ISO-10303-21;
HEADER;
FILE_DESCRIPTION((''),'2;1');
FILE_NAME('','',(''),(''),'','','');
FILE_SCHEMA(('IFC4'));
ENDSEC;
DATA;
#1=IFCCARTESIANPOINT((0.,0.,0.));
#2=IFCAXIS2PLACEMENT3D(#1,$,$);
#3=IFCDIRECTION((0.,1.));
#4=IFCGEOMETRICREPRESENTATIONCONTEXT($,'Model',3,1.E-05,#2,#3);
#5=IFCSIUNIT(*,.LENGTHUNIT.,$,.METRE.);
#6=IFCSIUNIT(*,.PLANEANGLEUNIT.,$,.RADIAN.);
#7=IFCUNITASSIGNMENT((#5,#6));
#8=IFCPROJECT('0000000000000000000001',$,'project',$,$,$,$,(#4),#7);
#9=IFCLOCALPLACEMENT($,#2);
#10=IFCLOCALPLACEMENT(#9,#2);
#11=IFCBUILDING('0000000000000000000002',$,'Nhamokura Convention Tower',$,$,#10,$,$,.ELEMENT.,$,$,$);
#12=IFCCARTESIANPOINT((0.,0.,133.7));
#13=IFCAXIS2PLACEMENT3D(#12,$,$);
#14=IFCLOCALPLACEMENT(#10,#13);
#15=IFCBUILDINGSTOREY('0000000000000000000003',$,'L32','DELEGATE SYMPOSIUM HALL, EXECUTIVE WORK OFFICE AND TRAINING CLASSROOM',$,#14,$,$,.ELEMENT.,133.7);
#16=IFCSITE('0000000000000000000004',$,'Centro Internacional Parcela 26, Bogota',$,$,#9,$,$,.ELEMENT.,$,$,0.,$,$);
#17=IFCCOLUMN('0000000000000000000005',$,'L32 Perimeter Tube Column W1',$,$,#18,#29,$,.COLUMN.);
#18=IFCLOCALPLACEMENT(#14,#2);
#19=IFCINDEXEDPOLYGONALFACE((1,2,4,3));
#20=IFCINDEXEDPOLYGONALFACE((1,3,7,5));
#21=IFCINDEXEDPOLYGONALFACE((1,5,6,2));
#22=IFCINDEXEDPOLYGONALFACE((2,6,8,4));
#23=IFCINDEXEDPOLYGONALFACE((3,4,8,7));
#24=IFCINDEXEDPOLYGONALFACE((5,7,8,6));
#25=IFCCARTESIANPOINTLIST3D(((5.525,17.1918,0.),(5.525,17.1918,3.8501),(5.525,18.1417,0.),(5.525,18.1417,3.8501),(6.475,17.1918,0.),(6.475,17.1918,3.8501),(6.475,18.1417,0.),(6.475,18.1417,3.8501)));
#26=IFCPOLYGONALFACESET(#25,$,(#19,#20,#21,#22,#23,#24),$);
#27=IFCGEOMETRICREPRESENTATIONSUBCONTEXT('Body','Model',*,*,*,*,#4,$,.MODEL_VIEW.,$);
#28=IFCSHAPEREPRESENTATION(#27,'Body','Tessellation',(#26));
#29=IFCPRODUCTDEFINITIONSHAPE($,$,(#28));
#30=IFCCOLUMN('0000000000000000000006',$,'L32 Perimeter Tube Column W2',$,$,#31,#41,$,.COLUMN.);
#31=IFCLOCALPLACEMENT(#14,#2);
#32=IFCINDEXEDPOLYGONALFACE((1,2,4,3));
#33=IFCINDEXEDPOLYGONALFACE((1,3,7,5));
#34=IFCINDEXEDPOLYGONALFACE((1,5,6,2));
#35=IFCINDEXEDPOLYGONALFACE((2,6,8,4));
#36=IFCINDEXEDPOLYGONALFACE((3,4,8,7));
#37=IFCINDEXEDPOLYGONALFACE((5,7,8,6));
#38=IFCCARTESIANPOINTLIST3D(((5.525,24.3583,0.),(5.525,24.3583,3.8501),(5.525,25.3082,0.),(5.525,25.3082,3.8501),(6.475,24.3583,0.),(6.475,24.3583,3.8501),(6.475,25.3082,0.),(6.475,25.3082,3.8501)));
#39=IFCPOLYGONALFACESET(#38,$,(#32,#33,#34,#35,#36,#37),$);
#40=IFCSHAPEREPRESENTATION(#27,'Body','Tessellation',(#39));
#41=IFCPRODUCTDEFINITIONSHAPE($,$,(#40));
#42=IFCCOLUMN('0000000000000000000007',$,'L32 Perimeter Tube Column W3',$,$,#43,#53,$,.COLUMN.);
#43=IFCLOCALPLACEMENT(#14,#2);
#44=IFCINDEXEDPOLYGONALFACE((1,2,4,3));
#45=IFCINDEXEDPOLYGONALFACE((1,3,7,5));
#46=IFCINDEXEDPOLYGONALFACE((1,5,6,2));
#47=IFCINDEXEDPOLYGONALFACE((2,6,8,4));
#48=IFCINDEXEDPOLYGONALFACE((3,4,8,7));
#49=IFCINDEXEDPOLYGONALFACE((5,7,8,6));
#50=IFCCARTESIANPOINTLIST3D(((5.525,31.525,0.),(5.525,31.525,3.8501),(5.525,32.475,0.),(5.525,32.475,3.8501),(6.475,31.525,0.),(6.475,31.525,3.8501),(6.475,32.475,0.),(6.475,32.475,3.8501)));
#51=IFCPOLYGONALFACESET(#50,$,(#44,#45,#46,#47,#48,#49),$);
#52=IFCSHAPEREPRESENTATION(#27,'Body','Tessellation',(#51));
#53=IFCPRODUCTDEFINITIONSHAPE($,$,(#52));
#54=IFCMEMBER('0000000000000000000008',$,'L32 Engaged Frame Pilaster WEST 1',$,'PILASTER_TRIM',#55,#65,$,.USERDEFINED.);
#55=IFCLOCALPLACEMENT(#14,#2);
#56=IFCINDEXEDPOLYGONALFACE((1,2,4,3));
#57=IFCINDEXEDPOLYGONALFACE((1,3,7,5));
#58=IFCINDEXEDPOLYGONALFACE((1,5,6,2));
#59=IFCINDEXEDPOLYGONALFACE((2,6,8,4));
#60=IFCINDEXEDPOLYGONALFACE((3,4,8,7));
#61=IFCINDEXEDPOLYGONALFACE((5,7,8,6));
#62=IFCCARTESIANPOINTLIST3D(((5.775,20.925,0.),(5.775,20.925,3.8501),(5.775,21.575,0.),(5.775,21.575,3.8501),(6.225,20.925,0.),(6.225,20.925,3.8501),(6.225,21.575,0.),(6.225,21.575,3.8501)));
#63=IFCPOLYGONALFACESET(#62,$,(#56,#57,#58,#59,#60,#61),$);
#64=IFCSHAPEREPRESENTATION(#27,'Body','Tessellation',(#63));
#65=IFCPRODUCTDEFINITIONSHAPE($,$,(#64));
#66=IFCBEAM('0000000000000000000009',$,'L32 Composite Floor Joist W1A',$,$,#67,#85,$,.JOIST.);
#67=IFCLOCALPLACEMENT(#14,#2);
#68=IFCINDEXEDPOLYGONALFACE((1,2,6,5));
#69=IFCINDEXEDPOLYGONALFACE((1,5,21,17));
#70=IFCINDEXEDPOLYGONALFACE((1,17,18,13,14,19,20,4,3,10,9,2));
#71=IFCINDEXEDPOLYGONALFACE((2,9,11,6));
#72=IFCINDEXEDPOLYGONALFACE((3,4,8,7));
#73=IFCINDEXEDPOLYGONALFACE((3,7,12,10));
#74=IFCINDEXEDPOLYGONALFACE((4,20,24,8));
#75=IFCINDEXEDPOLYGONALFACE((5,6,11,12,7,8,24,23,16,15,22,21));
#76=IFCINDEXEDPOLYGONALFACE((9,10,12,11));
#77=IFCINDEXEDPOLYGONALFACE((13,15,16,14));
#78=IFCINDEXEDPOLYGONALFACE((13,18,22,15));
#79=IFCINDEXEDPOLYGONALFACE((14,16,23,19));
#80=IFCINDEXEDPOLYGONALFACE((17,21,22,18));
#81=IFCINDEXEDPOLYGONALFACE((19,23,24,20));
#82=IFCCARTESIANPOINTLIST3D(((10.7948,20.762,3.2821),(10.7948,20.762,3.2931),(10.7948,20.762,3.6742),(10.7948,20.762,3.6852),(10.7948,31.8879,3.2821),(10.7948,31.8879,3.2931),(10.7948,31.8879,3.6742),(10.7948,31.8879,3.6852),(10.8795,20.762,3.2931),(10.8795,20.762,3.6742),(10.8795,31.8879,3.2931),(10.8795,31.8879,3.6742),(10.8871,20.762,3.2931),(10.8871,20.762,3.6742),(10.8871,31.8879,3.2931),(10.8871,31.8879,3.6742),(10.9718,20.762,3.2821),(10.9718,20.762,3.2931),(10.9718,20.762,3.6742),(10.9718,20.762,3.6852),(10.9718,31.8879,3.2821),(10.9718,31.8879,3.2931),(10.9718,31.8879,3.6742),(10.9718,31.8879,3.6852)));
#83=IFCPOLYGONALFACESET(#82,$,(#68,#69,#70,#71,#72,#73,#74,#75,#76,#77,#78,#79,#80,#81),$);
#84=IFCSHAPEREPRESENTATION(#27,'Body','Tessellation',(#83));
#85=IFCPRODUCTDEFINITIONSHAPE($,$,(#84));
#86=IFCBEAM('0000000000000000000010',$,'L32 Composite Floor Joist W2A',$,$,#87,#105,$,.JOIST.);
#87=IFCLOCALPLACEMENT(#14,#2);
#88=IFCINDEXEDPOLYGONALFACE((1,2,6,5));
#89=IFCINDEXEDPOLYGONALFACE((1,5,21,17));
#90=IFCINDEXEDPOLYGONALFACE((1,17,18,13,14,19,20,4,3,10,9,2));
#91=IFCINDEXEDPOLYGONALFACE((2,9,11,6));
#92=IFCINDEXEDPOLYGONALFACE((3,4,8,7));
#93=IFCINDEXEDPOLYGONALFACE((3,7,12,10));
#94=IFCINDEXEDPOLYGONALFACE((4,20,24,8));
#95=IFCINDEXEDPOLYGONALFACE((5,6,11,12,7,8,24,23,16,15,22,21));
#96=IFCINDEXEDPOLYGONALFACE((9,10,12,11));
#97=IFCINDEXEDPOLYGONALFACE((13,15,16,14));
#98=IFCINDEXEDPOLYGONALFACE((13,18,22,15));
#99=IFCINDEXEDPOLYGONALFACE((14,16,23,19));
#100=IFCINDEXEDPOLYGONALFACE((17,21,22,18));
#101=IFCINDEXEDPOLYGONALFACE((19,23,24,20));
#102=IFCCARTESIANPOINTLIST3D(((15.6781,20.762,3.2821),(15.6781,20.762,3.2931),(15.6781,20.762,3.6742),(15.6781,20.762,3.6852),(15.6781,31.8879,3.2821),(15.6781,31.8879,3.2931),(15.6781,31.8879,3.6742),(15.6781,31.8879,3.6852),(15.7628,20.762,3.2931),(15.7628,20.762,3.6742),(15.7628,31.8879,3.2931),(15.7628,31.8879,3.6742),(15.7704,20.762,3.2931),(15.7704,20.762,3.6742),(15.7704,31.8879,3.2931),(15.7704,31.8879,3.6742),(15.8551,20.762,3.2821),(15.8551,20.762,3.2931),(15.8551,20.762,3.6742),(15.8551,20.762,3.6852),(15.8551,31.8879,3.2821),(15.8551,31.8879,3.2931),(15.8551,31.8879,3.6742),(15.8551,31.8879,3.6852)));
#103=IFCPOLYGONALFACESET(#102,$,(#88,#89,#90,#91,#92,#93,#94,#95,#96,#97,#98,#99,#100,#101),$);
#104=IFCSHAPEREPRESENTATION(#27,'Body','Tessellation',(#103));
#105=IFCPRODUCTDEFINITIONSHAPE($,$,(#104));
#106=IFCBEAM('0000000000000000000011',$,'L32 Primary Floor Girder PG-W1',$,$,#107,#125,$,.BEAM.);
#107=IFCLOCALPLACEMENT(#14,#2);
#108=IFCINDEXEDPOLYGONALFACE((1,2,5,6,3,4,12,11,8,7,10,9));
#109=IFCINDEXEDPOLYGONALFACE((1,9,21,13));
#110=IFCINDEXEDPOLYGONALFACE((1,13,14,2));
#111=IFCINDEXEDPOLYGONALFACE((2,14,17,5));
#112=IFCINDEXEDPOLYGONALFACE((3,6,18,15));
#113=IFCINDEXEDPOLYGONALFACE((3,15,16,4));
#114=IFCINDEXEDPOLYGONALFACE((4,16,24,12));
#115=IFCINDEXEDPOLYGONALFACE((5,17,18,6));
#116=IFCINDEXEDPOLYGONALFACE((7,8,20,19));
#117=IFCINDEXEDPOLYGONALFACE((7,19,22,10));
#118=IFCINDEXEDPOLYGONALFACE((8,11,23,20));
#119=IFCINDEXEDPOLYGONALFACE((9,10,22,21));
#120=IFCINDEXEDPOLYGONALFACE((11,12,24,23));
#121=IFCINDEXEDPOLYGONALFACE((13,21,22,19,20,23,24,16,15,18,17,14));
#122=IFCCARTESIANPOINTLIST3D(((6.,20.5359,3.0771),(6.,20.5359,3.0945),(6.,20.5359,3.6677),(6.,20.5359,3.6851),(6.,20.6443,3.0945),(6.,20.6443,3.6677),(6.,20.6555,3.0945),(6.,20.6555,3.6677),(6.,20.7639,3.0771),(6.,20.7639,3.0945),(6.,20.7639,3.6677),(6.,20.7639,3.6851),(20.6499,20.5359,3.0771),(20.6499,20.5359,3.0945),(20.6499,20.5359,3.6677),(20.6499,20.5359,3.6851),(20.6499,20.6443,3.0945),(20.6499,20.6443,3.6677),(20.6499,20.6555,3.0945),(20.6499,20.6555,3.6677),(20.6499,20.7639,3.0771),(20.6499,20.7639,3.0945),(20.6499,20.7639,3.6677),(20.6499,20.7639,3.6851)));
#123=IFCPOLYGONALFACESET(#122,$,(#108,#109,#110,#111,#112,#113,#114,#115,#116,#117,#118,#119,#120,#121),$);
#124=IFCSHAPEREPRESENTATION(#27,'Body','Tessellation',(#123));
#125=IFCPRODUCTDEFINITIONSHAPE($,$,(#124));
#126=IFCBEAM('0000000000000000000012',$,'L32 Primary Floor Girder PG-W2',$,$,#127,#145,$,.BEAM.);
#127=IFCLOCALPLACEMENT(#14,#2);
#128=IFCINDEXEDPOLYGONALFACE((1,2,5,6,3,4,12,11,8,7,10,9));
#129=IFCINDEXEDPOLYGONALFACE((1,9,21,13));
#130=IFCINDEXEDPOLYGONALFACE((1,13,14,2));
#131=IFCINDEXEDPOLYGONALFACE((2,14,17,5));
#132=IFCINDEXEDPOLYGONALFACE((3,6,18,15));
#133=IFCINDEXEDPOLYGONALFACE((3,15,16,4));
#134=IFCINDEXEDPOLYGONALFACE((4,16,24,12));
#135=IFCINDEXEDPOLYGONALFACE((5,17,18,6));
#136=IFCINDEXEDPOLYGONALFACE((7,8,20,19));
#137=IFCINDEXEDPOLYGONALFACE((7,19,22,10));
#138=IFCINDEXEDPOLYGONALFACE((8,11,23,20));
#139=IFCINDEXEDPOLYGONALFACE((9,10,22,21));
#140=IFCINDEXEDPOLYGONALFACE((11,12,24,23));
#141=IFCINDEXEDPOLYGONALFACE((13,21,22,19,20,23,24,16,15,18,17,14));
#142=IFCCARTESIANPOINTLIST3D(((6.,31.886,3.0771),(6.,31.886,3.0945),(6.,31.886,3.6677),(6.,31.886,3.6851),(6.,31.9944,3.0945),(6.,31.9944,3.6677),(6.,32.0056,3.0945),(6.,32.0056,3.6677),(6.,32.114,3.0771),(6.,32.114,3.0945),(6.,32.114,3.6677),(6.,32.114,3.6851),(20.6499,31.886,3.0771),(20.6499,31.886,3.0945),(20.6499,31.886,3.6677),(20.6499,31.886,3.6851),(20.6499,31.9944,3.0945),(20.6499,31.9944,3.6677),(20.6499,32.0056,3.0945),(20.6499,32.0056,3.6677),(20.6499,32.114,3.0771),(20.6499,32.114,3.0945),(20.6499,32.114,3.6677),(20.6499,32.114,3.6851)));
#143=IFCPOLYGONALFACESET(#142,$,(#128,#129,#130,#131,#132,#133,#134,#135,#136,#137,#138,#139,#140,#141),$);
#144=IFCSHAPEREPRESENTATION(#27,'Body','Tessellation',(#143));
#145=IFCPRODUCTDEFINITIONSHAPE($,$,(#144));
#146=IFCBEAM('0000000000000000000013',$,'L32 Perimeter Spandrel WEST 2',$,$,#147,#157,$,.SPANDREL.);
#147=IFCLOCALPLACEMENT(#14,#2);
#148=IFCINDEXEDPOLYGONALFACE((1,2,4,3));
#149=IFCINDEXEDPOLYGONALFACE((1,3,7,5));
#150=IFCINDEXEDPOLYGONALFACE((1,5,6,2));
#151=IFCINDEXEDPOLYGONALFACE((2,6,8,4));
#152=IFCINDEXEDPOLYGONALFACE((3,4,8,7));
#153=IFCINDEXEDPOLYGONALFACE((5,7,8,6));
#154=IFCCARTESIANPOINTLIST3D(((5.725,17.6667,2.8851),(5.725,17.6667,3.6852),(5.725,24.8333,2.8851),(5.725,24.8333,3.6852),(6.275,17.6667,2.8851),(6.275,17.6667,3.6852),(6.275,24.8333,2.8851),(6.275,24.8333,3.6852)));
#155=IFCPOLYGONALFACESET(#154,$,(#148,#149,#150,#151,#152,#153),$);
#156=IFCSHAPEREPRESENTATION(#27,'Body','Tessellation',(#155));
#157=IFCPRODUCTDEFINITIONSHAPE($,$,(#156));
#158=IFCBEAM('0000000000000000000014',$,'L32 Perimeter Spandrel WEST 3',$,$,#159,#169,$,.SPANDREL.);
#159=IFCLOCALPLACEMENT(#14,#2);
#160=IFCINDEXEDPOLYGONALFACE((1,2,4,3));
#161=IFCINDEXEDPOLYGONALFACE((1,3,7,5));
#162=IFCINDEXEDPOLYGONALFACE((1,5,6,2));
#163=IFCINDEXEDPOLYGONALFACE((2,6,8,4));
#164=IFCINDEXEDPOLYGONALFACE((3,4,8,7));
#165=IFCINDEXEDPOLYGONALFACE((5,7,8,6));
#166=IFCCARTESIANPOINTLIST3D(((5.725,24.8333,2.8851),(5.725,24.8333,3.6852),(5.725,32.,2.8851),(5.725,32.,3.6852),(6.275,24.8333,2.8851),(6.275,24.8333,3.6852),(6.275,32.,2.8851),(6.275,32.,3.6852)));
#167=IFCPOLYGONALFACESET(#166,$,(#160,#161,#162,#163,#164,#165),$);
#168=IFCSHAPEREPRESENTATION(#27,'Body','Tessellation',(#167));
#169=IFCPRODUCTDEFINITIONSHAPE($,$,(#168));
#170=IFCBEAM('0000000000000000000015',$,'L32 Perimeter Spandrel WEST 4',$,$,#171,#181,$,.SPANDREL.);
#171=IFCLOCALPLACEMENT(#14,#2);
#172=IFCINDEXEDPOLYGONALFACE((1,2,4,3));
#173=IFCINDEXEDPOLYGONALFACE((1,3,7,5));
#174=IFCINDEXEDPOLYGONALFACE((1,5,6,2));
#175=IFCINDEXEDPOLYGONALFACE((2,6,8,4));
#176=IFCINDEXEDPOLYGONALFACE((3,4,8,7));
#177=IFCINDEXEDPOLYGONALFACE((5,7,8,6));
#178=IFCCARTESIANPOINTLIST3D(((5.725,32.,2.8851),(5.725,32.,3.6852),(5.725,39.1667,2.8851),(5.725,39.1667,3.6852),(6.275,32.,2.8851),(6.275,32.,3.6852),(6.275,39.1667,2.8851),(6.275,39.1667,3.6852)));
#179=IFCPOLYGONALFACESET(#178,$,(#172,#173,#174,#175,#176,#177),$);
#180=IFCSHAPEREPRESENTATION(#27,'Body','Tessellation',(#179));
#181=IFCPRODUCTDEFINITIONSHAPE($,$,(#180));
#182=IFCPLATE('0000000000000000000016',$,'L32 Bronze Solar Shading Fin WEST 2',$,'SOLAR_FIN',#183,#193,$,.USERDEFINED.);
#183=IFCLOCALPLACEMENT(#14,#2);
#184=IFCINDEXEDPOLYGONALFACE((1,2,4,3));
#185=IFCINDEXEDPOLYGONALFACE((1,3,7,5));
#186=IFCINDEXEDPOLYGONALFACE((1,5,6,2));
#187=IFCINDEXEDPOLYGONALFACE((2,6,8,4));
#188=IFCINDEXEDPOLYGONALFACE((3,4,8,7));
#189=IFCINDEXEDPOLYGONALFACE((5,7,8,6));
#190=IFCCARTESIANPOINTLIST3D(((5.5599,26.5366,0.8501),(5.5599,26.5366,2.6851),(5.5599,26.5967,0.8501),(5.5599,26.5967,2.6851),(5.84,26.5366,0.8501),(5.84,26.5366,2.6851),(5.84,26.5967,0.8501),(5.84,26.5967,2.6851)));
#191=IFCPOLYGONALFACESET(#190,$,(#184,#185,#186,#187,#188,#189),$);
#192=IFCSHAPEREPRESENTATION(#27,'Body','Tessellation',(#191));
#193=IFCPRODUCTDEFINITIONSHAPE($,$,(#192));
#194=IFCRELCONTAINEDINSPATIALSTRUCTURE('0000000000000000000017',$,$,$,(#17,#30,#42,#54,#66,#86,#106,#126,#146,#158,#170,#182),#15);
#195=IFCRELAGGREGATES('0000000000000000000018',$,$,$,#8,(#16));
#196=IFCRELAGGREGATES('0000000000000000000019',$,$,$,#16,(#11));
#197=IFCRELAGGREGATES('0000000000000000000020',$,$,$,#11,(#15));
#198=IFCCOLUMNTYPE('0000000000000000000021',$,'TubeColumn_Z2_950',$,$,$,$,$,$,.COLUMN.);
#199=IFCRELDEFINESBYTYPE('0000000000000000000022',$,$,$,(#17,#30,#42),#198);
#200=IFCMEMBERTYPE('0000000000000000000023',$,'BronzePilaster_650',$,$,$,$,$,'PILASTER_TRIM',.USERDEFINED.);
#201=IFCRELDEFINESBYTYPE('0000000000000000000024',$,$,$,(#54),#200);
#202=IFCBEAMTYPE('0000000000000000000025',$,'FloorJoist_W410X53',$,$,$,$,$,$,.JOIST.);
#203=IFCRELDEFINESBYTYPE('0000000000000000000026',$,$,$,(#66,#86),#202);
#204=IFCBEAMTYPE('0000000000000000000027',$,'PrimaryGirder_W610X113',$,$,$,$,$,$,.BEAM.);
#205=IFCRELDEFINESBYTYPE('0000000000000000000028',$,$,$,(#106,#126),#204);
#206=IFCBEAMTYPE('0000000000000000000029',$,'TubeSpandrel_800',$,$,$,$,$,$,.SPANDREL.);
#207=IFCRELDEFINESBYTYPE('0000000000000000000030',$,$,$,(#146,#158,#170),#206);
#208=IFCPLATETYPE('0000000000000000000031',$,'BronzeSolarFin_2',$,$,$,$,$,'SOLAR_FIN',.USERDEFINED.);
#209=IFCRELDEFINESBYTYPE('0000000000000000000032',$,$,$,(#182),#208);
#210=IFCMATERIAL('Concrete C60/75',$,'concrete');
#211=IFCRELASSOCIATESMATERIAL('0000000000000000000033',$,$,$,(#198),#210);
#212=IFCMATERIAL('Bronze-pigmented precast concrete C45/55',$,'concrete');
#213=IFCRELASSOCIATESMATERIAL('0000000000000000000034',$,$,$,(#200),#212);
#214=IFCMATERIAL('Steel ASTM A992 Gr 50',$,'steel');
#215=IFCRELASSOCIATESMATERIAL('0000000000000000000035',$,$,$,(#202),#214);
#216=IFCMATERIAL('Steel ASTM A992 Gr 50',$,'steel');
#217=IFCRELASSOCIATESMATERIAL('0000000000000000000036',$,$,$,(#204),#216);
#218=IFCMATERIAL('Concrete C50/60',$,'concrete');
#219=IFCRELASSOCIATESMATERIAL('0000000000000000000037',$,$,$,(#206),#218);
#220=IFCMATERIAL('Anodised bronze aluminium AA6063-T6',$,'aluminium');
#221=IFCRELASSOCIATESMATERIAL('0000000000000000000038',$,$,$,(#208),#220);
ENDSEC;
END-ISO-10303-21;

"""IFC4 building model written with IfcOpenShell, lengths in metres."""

from ifc_helpers import new_model, si_unit, direction, frame, origin, origin_2d, place, context, subcontext, project, spatial, rectangle, i_section, extrude, material, material_profile, profile_set, type_object, element, save


model = new_model("IFC4")

# Units and contexts
model_context = context("Model", 3, precision=1e-05, world=origin(), true_north=direction((0.0, 1.0)))
body_context = subcontext(model_context, "Body", "Model", "MODEL_VIEW")
ifc_project = project(units=[si_unit("LENGTHUNIT", "METRE"), si_unit("PLANEANGLEUNIT", "RADIAN")], contexts=[model_context])

# Site, building, storey
site_placement = place(None, origin())
site = spatial("IfcSite", under=ifc_project, at=site_placement, Name="Centro Internacional Parcela 26, Bogota", CompositionType="ELEMENT", RefElevation=0.0)
building_placement = place(site_placement, origin())
building = spatial("IfcBuilding", under=site, at=building_placement, Name="Nhamokura Convention Tower", CompositionType="ELEMENT")
storey_placement = place(building_placement, frame((0.0, 0.0, 133.7)))
storey = spatial("IfcBuildingStorey", under=building, at=storey_placement, Name="L32", Description="DELEGATE SYMPOSIUM HALL, EXECUTIVE WORK OFFICE AND TRAINING CLASSROOM", CompositionType="ELEMENT", Elevation=133.7)

# Columns
ifc_material_1 = material(Name="Concrete C60/75", Category="concrete")
ifc_material_profile_1 = material_profile(ifc_material_1, rectangle(XDim=0.95, YDim=0.95, at=origin_2d()))
ifc_profile_set_1 = profile_set([ifc_material_profile_1], Name="Concrete C60/75")
column_type = type_object("IfcColumnType", Name="TubeColumn_Z2_950", PredefinedType="COLUMN", material=ifc_profile_set_1)
for number, where, z_axis, x_axis, name in (
    (1, (6.0, 17.6667, 0.0), (0.0, 0.0, 1.0), (1.0, 0.0, 0.0), "L32 Perimeter Tube Column W1"),
    (2, (6.0, 24.8333, 0.0), (0.0, 0.0, 1.0), (1.0, 0.0, 0.0), "L32 Perimeter Tube Column W2"),
    (3, (6.0, 32.0, 0.0), (0.0, 0.0, 1.0), (1.0, 0.0, 0.0), "L32 Perimeter Tube Column W3"),
):
    element("IfcColumn", number, at=place(storey_placement, frame(where, z_axis=z_axis, x_axis=x_axis)), inside=storey, type_object=column_type, Name=name, PredefinedType="COLUMN", context=body_context, shape_type="SweptSolid", body=[
        extrude(rectangle(XDim=0.95, YDim=0.95, at=origin_2d()), origin(), (0.0, 0.0, 1.0), 3.8501),
    ])

# Member
ifc_material_2 = material(Name="Bronze-pigmented precast concrete C45/55", Category="concrete")
ifc_material_profile_2 = material_profile(ifc_material_2, rectangle(XDim=0.45, YDim=0.6499, at=origin_2d()))
ifc_profile_set_2 = profile_set([ifc_material_profile_2], Name="Bronze-pigmented precast concrete C45/55")
member_type = type_object("IfcMemberType", Name="BronzePilaster_650", ElementType="PILASTER_TRIM", PredefinedType="USERDEFINED", material=ifc_profile_set_2)
member_placement = place(storey_placement, frame((6.0, 21.25, 0.0), z_axis=(0.0, 0.0, 1.0), x_axis=(1.0, 0.0, 0.0)))
element("IfcMember", 4, at=member_placement, inside=storey, type_object=member_type, Name="L32 Engaged Frame Pilaster WEST 1", ObjectType="PILASTER_TRIM", PredefinedType="USERDEFINED", context=body_context, shape_type="SweptSolid", body=[
    extrude(rectangle(XDim=0.45, YDim=0.6499, at=origin_2d()), origin(), (0.0, 0.0, 1.0), 3.8501),
])

# Beams
ifc_material_3 = material(Name="Steel ASTM A992 Gr 50", Category="steel")
ifc_material_profile_3 = material_profile(ifc_material_3, i_section(OverallWidth=0.177, OverallDepth=0.4031, WebThickness=0.0076, FlangeThickness=0.011, at=origin_2d()))
ifc_profile_set_3 = profile_set([ifc_material_profile_3], Name="Steel ASTM A992 Gr 50")
beam_type_1 = type_object("IfcBeamType", Name="FloorJoist_W410X53", PredefinedType="JOIST", material=ifc_profile_set_3)
for number, where, z_axis, x_axis, name in (
    (5, (10.8833, 20.762, 3.4836), (0.0, 1.0, 0.0), (-1.0, 0.0, 0.0), "L32 Composite Floor Joist W1A"),
    (6, (15.7666, 20.762, 3.4836), (0.0, 1.0, 0.0), (-1.0, 0.0, 0.0), "L32 Composite Floor Joist W2A"),
):
    element("IfcBeam", number, at=place(storey_placement, frame(where, z_axis=z_axis, x_axis=x_axis)), inside=storey, type_object=beam_type_1, Name=name, PredefinedType="JOIST", context=body_context, shape_type="SweptSolid", body=[
        extrude(i_section(OverallWidth=0.177, OverallDepth=0.4031, WebThickness=0.0076, FlangeThickness=0.011, at=origin_2d()), origin(), (0.0, 0.0, 1.0), 11.126),
    ])
ifc_material_4 = material(Name="Steel ASTM A992 Gr 50", Category="steel")
ifc_material_profile_4 = material_profile(ifc_material_4, i_section(OverallWidth=0.228, OverallDepth=0.6079, WebThickness=0.0112, FlangeThickness=0.0173, at=origin_2d()))
ifc_profile_set_4 = profile_set([ifc_material_profile_4], Name="Steel ASTM A992 Gr 50")
beam_type_2 = type_object("IfcBeamType", Name="PrimaryGirder_W610X113", PredefinedType="BEAM", material=ifc_profile_set_4)
for number, where, z_axis, x_axis, name in (
    (7, (6.0, 20.6499, 3.3811), (1.0, 0.0, 0.0), (0.0, 1.0, 0.0), "L32 Primary Floor Girder PG-W1"),
    (8, (6.0, 32.0, 3.3811), (1.0, 0.0, 0.0), (0.0, 1.0, 0.0), "L32 Primary Floor Girder PG-W2"),
):
    element("IfcBeam", number, at=place(storey_placement, frame(where, z_axis=z_axis, x_axis=x_axis)), inside=storey, type_object=beam_type_2, Name=name, PredefinedType="BEAM", context=body_context, shape_type="SweptSolid", body=[
        extrude(i_section(OverallWidth=0.228, OverallDepth=0.6079, WebThickness=0.0112, FlangeThickness=0.0173, at=origin_2d()), origin(), (0.0, 0.0, 1.0), 14.6499),
    ])
ifc_material_5 = material(Name="Concrete C50/60", Category="concrete")
ifc_material_profile_5 = material_profile(ifc_material_5, rectangle(XDim=0.55, YDim=0.8, at=origin_2d()))
ifc_profile_set_5 = profile_set([ifc_material_profile_5], Name="Concrete C50/60")
beam_type_3 = type_object("IfcBeamType", Name="TubeSpandrel_800", PredefinedType="SPANDREL", material=ifc_profile_set_5)
beam_placement = place(storey_placement, frame((6.0, 17.6667, 3.2852), z_axis=(0.0, 1.0, 0.0), x_axis=(-1.0, 0.0, 0.0)))
element("IfcBeam", 9, at=beam_placement, inside=storey, type_object=beam_type_3, Name="L32 Perimeter Spandrel WEST 2", PredefinedType="SPANDREL", context=body_context, shape_type="SweptSolid", body=[
    extrude(rectangle(XDim=0.55, YDim=0.8, at=origin_2d()), origin(), (0.0, 0.0, 1.0), 7.1665),
])
for number, where, z_axis, x_axis, name in (
    (10, (6.0, 24.8333, 3.2852), (0.0, 1.0, 0.0), (-1.0, 0.0, 0.0), "L32 Perimeter Spandrel WEST 3"),
    (11, (6.0, 32.0, 3.2852), (0.0, 1.0, 0.0), (-1.0, 0.0, 0.0), "L32 Perimeter Spandrel WEST 4"),
):
    element("IfcBeam", number, at=place(storey_placement, frame(where, z_axis=z_axis, x_axis=x_axis)), inside=storey, type_object=beam_type_3, Name=name, PredefinedType="SPANDREL", context=body_context, shape_type="SweptSolid", body=[
        extrude(rectangle(XDim=0.55, YDim=0.8, at=origin_2d()), origin(), (0.0, 0.0, 1.0), 7.1667),
    ])

# Plate
ifc_material_6 = material(Name="Anodised bronze aluminium AA6063-T6", Category="aluminium")
plate_type = type_object("IfcPlateType", Name="BronzeSolarFin_2", ElementType="SOLAR_FIN", PredefinedType="USERDEFINED", material=ifc_material_6)
plate_placement = place(storey_placement, frame((5.7, 26.5667, 0.8501), z_axis=(0.0, 0.0, 1.0), x_axis=(1.0, 0.0, 0.0)))
element("IfcPlate", 12, at=plate_placement, inside=storey, type_object=plate_type, Name="L32 Bronze Solar Shading Fin WEST 2", ObjectType="SOLAR_FIN", PredefinedType="USERDEFINED", context=body_context, shape_type="SweptSolid", body=[
    extrude(rectangle(XDim=0.28, YDim=0.0601, at=origin_2d()), origin(), (0.0, 0.0, 1.0), 1.835),
])

save(model, "model.ifc")
